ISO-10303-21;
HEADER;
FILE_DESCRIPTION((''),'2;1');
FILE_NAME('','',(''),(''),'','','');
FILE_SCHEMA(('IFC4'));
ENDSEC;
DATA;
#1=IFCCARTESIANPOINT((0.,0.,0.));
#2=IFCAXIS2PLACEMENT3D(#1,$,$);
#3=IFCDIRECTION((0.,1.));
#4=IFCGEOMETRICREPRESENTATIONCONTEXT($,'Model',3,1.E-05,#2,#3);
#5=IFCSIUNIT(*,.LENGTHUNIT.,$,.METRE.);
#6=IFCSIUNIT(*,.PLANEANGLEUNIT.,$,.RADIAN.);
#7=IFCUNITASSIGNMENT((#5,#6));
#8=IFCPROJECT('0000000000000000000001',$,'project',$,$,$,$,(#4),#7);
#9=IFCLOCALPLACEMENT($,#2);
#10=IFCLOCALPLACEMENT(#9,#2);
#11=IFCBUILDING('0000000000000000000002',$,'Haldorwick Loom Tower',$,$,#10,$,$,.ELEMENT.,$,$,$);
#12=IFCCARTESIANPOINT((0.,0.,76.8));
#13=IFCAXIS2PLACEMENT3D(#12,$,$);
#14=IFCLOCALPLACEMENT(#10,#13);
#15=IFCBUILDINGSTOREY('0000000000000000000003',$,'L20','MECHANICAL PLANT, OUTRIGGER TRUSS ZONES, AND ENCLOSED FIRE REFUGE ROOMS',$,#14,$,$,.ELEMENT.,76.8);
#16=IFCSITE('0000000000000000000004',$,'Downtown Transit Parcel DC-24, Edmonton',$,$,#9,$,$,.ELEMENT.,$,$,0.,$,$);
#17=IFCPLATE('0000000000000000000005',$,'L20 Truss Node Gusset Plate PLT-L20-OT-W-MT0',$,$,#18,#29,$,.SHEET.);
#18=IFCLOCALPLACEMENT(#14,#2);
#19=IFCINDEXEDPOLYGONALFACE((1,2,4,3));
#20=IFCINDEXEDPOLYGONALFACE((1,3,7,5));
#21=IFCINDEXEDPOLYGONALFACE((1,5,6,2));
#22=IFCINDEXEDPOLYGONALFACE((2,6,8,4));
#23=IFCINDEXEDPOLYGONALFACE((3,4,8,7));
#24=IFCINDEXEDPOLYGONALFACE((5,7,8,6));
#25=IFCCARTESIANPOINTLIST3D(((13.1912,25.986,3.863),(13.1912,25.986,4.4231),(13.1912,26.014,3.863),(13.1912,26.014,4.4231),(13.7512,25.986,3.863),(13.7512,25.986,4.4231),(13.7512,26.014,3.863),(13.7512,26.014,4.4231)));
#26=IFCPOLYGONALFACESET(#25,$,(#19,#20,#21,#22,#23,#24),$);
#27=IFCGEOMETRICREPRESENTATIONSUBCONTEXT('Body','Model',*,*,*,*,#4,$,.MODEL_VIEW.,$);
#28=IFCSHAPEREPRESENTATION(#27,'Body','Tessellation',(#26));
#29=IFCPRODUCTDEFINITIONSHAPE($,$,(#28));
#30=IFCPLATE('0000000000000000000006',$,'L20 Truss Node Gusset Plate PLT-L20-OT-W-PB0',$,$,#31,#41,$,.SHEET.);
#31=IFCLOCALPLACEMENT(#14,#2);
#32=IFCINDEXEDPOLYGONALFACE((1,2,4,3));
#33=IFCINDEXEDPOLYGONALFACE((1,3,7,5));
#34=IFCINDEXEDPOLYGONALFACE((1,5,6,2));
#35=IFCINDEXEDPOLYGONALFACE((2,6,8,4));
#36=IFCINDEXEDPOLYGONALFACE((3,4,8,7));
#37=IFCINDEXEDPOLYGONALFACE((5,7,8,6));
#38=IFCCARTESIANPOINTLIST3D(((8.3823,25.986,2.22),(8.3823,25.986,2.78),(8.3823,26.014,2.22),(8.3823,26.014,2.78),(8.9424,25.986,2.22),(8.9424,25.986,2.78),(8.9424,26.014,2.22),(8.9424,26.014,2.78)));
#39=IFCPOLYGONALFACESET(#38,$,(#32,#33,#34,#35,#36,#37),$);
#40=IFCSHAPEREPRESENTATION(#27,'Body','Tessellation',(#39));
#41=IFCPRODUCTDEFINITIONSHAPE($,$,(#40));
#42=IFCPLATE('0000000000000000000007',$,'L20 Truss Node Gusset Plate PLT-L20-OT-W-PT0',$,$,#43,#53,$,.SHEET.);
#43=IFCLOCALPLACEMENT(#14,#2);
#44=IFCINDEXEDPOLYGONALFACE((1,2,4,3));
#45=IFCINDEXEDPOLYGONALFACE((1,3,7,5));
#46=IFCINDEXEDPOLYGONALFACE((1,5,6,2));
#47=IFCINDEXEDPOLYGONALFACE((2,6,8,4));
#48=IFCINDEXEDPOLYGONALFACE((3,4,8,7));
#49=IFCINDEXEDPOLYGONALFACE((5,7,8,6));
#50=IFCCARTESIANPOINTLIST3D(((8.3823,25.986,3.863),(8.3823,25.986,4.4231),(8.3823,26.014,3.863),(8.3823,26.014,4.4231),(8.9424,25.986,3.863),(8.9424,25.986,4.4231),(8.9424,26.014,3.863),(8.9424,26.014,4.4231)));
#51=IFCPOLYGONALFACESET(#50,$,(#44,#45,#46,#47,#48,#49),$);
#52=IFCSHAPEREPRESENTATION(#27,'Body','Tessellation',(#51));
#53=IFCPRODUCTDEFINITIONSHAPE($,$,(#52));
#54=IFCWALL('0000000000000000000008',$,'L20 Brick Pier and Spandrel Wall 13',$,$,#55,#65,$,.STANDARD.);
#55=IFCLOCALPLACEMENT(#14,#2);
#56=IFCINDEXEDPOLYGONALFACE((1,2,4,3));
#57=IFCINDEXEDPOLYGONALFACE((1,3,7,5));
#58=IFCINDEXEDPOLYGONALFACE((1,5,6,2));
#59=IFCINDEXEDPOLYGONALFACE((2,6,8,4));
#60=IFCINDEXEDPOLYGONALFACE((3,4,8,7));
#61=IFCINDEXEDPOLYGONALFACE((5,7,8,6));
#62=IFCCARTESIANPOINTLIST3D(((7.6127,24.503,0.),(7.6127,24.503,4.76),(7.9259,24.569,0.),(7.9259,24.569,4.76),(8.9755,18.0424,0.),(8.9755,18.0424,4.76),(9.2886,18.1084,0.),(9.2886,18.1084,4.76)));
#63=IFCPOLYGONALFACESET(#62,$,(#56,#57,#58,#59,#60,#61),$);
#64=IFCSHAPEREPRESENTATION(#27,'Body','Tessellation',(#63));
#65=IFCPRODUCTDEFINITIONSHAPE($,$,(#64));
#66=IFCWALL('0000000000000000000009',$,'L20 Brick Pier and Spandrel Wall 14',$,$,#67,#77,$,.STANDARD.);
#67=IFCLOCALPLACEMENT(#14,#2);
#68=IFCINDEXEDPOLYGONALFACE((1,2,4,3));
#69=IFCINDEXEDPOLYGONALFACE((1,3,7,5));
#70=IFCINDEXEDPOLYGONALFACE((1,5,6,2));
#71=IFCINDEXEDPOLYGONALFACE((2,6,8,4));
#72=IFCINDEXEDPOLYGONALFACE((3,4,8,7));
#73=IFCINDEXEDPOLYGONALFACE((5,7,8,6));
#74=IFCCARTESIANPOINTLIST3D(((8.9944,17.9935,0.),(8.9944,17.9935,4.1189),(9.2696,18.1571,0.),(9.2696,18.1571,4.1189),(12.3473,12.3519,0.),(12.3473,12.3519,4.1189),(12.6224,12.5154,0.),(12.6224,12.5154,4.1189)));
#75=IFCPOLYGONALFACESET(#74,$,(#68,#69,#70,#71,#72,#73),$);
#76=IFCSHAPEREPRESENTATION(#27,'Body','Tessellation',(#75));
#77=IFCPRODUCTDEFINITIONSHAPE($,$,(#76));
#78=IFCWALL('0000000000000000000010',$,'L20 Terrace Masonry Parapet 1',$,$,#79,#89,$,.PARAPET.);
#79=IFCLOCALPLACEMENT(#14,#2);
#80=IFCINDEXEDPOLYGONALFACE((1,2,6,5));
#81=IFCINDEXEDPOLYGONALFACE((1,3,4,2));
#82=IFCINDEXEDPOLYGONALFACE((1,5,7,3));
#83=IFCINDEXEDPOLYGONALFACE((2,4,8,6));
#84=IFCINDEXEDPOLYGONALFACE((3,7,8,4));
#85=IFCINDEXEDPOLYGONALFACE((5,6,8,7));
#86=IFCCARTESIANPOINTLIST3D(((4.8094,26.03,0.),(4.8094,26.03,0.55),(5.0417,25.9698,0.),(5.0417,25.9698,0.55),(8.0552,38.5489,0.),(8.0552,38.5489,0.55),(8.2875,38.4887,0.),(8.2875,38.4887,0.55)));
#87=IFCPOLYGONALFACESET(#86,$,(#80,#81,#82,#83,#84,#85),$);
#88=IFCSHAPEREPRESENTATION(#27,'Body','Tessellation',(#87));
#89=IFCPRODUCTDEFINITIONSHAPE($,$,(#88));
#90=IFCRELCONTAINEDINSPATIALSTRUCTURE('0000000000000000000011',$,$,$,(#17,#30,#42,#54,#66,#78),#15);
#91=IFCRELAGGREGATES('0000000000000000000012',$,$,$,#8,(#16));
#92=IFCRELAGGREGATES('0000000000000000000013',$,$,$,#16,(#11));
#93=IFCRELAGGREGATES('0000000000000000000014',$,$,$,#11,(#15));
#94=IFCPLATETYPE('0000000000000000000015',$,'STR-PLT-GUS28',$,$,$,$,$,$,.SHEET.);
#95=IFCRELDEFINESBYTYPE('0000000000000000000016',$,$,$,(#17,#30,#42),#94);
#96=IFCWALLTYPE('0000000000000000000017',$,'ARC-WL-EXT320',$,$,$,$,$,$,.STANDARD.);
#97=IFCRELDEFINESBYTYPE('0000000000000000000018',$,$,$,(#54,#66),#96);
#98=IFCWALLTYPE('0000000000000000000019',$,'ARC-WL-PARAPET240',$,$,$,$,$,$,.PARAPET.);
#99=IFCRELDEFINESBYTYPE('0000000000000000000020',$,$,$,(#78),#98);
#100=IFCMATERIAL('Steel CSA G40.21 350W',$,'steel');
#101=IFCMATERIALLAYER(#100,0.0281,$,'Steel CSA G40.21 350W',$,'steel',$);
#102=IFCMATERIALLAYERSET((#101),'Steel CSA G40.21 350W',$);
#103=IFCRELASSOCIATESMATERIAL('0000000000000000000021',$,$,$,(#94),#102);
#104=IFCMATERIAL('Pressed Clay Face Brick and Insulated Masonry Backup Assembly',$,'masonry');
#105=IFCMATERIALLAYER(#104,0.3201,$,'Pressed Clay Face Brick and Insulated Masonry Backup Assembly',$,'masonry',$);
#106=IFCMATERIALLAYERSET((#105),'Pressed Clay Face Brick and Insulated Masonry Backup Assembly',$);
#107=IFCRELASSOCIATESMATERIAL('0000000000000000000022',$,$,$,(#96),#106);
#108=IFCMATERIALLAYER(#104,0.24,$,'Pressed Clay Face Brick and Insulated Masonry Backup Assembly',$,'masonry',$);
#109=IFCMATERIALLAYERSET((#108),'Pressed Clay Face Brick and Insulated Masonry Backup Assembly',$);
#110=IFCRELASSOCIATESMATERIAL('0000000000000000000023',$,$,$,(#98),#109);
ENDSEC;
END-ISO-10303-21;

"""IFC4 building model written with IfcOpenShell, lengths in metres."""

from ifc_helpers import new_model, si_unit, direction, frame, frame_2d, origin, origin_2d, place, context, subcontext, project, spatial, rectangle, extrude, material, layer, layer_set, type_object, element, save


model = new_model("IFC4")

# Units and contexts
model_context = context("Model", 3, precision=1e-05, world=origin(), true_north=direction((0.0, 1.0)))
body_context = subcontext(model_context, "Body", "Model", "MODEL_VIEW")
ifc_project = project(units=[si_unit("LENGTHUNIT", "METRE"), si_unit("PLANEANGLEUNIT", "RADIAN")], contexts=[model_context])

# Site, building, storey
site_placement = place(None, origin())
site = spatial("IfcSite", under=ifc_project, at=site_placement, Name="Downtown Transit Parcel DC-24, Edmonton", CompositionType="ELEMENT", RefElevation=0.0)
building_placement = place(site_placement, origin())
building = spatial("IfcBuilding", under=site, at=building_placement, Name="Haldorwick Loom Tower", CompositionType="ELEMENT")
storey_placement = place(building_placement, frame((0.0, 0.0, 76.8)))
storey = spatial("IfcBuildingStorey", under=building, at=storey_placement, Name="L20", Description="MECHANICAL PLANT, OUTRIGGER TRUSS ZONES, AND ENCLOSED FIRE REFUGE ROOMS", CompositionType="ELEMENT", Elevation=76.8)

# Shared definitions
ifc_material_1 = material(Name="Steel CSA G40.21 350W", Category="steel")

# Plates
ifc_layer_1 = layer(ifc_material_1, 0.0281, Name="Steel CSA G40.21 350W", Category="steel")
ifc_layer_set_1 = layer_set([ifc_layer_1], Name="Steel CSA G40.21 350W")
plate_type = type_object("IfcPlateType", Name="STR-PLT-GUS28", PredefinedType="SHEET", material=ifc_layer_set_1)
for number, where, z_axis, x_axis, name in (
    (1, (13.4712, 26.0, 3.863), (0.0, 0.0, 1.0), (-1.0, 0.0, 0.0), "L20 Truss Node Gusset Plate PLT-L20-OT-W-MT0"),
    (2, (8.6624, 26.0, 2.22), (0.0, 0.0, 1.0), (-1.0, 0.0, 0.0), "L20 Truss Node Gusset Plate PLT-L20-OT-W-PB0"),
    (3, (8.6624, 26.0, 3.863), (0.0, 0.0, 1.0), (-1.0, 0.0, 0.0), "L20 Truss Node Gusset Plate PLT-L20-OT-W-PT0"),
):
    element("IfcPlate", number, at=place(storey_placement, frame(where, z_axis=z_axis, x_axis=x_axis)), inside=storey, type_object=plate_type, Name=name, PredefinedType="SHEET", context=body_context, shape_type="SweptSolid", body=[
        extrude(rectangle(XDim=0.5601, YDim=0.0281, at=origin_2d()), origin(), (0.0, 0.0, 1.0), 0.5601),
    ])

# Walls
ifc_material_2 = material(Name="Pressed Clay Face Brick and Insulated Masonry Backup Assembly", Category="masonry")
ifc_layer_2 = layer(ifc_material_2, 0.3201, Name="Pressed Clay Face Brick and Insulated Masonry Backup Assembly", Category="masonry")
ifc_layer_set_2 = layer_set([ifc_layer_2], Name="Pressed Clay Face Brick and Insulated Masonry Backup Assembly")
wall_type_1 = type_object("IfcWallType", Name="ARC-WL-EXT320", PredefinedType="STANDARD", material=ifc_layer_set_2)
wall_1_placement = place(storey_placement, frame((7.7693, 24.5359, 0.0), z_axis=(0.0, 0.0, 1.0), x_axis=(0.206394, -0.978469, 0.0)))
element("IfcWall", 4, at=wall_1_placement, inside=storey, type_object=wall_type_1, Name="L20 Brick Pier and Spandrel Wall 13", PredefinedType="STANDARD", context=body_context, shape_type="SweptSolid", body=[
    extrude(rectangle(XDim=6.6028, YDim=0.3201, at=frame_2d((3.3013, 0.0))), origin(), (0.0, 0.0, 1.0), 4.76),
])
wall_2_placement = place(storey_placement, frame((9.1321, 18.0752, 0.0), z_axis=(0.0, 0.0, 1.0), x_axis=(0.510886, -0.859648, 0.0)))
element("IfcWall", 5, at=wall_2_placement, inside=storey, type_object=wall_type_1, Name="L20 Brick Pier and Spandrel Wall 14", PredefinedType="STANDARD", context=body_context, shape_type="SweptSolid", body=[
    extrude(rectangle(XDim=6.5627, YDim=0.3201, at=frame_2d((3.2812, 0.0))), origin(), (0.0, 0.0, 1.0), 4.1189),
])
ifc_layer_3 = layer(ifc_material_2, 0.24, Name="Pressed Clay Face Brick and Insulated Masonry Backup Assembly", Category="masonry")
ifc_layer_set_3 = layer_set([ifc_layer_3], Name="Pressed Clay Face Brick and Insulated Masonry Backup Assembly")
wall_type_2 = type_object("IfcWallType", Name="ARC-WL-PARAPET240", PredefinedType="PARAPET", material=ifc_layer_set_3)
wall_3_placement = place(storey_placement, frame((4.9255, 26.0, 0.0), z_axis=(0.0, 0.0, 1.0), x_axis=(0.250979, 0.967992, 0.0)))
element("IfcWall", 6, at=wall_3_placement, inside=storey, type_object=wall_type_2, Name="L20 Terrace Masonry Parapet 1", PredefinedType="PARAPET", context=body_context, shape_type="SweptSolid", body=[
    extrude(rectangle(XDim=12.9329, YDim=0.24, at=frame_2d((6.4663, 0.0))), origin(), (0.0, 0.0, 1.0), 0.55),
])

save(model, "model.ifc")
